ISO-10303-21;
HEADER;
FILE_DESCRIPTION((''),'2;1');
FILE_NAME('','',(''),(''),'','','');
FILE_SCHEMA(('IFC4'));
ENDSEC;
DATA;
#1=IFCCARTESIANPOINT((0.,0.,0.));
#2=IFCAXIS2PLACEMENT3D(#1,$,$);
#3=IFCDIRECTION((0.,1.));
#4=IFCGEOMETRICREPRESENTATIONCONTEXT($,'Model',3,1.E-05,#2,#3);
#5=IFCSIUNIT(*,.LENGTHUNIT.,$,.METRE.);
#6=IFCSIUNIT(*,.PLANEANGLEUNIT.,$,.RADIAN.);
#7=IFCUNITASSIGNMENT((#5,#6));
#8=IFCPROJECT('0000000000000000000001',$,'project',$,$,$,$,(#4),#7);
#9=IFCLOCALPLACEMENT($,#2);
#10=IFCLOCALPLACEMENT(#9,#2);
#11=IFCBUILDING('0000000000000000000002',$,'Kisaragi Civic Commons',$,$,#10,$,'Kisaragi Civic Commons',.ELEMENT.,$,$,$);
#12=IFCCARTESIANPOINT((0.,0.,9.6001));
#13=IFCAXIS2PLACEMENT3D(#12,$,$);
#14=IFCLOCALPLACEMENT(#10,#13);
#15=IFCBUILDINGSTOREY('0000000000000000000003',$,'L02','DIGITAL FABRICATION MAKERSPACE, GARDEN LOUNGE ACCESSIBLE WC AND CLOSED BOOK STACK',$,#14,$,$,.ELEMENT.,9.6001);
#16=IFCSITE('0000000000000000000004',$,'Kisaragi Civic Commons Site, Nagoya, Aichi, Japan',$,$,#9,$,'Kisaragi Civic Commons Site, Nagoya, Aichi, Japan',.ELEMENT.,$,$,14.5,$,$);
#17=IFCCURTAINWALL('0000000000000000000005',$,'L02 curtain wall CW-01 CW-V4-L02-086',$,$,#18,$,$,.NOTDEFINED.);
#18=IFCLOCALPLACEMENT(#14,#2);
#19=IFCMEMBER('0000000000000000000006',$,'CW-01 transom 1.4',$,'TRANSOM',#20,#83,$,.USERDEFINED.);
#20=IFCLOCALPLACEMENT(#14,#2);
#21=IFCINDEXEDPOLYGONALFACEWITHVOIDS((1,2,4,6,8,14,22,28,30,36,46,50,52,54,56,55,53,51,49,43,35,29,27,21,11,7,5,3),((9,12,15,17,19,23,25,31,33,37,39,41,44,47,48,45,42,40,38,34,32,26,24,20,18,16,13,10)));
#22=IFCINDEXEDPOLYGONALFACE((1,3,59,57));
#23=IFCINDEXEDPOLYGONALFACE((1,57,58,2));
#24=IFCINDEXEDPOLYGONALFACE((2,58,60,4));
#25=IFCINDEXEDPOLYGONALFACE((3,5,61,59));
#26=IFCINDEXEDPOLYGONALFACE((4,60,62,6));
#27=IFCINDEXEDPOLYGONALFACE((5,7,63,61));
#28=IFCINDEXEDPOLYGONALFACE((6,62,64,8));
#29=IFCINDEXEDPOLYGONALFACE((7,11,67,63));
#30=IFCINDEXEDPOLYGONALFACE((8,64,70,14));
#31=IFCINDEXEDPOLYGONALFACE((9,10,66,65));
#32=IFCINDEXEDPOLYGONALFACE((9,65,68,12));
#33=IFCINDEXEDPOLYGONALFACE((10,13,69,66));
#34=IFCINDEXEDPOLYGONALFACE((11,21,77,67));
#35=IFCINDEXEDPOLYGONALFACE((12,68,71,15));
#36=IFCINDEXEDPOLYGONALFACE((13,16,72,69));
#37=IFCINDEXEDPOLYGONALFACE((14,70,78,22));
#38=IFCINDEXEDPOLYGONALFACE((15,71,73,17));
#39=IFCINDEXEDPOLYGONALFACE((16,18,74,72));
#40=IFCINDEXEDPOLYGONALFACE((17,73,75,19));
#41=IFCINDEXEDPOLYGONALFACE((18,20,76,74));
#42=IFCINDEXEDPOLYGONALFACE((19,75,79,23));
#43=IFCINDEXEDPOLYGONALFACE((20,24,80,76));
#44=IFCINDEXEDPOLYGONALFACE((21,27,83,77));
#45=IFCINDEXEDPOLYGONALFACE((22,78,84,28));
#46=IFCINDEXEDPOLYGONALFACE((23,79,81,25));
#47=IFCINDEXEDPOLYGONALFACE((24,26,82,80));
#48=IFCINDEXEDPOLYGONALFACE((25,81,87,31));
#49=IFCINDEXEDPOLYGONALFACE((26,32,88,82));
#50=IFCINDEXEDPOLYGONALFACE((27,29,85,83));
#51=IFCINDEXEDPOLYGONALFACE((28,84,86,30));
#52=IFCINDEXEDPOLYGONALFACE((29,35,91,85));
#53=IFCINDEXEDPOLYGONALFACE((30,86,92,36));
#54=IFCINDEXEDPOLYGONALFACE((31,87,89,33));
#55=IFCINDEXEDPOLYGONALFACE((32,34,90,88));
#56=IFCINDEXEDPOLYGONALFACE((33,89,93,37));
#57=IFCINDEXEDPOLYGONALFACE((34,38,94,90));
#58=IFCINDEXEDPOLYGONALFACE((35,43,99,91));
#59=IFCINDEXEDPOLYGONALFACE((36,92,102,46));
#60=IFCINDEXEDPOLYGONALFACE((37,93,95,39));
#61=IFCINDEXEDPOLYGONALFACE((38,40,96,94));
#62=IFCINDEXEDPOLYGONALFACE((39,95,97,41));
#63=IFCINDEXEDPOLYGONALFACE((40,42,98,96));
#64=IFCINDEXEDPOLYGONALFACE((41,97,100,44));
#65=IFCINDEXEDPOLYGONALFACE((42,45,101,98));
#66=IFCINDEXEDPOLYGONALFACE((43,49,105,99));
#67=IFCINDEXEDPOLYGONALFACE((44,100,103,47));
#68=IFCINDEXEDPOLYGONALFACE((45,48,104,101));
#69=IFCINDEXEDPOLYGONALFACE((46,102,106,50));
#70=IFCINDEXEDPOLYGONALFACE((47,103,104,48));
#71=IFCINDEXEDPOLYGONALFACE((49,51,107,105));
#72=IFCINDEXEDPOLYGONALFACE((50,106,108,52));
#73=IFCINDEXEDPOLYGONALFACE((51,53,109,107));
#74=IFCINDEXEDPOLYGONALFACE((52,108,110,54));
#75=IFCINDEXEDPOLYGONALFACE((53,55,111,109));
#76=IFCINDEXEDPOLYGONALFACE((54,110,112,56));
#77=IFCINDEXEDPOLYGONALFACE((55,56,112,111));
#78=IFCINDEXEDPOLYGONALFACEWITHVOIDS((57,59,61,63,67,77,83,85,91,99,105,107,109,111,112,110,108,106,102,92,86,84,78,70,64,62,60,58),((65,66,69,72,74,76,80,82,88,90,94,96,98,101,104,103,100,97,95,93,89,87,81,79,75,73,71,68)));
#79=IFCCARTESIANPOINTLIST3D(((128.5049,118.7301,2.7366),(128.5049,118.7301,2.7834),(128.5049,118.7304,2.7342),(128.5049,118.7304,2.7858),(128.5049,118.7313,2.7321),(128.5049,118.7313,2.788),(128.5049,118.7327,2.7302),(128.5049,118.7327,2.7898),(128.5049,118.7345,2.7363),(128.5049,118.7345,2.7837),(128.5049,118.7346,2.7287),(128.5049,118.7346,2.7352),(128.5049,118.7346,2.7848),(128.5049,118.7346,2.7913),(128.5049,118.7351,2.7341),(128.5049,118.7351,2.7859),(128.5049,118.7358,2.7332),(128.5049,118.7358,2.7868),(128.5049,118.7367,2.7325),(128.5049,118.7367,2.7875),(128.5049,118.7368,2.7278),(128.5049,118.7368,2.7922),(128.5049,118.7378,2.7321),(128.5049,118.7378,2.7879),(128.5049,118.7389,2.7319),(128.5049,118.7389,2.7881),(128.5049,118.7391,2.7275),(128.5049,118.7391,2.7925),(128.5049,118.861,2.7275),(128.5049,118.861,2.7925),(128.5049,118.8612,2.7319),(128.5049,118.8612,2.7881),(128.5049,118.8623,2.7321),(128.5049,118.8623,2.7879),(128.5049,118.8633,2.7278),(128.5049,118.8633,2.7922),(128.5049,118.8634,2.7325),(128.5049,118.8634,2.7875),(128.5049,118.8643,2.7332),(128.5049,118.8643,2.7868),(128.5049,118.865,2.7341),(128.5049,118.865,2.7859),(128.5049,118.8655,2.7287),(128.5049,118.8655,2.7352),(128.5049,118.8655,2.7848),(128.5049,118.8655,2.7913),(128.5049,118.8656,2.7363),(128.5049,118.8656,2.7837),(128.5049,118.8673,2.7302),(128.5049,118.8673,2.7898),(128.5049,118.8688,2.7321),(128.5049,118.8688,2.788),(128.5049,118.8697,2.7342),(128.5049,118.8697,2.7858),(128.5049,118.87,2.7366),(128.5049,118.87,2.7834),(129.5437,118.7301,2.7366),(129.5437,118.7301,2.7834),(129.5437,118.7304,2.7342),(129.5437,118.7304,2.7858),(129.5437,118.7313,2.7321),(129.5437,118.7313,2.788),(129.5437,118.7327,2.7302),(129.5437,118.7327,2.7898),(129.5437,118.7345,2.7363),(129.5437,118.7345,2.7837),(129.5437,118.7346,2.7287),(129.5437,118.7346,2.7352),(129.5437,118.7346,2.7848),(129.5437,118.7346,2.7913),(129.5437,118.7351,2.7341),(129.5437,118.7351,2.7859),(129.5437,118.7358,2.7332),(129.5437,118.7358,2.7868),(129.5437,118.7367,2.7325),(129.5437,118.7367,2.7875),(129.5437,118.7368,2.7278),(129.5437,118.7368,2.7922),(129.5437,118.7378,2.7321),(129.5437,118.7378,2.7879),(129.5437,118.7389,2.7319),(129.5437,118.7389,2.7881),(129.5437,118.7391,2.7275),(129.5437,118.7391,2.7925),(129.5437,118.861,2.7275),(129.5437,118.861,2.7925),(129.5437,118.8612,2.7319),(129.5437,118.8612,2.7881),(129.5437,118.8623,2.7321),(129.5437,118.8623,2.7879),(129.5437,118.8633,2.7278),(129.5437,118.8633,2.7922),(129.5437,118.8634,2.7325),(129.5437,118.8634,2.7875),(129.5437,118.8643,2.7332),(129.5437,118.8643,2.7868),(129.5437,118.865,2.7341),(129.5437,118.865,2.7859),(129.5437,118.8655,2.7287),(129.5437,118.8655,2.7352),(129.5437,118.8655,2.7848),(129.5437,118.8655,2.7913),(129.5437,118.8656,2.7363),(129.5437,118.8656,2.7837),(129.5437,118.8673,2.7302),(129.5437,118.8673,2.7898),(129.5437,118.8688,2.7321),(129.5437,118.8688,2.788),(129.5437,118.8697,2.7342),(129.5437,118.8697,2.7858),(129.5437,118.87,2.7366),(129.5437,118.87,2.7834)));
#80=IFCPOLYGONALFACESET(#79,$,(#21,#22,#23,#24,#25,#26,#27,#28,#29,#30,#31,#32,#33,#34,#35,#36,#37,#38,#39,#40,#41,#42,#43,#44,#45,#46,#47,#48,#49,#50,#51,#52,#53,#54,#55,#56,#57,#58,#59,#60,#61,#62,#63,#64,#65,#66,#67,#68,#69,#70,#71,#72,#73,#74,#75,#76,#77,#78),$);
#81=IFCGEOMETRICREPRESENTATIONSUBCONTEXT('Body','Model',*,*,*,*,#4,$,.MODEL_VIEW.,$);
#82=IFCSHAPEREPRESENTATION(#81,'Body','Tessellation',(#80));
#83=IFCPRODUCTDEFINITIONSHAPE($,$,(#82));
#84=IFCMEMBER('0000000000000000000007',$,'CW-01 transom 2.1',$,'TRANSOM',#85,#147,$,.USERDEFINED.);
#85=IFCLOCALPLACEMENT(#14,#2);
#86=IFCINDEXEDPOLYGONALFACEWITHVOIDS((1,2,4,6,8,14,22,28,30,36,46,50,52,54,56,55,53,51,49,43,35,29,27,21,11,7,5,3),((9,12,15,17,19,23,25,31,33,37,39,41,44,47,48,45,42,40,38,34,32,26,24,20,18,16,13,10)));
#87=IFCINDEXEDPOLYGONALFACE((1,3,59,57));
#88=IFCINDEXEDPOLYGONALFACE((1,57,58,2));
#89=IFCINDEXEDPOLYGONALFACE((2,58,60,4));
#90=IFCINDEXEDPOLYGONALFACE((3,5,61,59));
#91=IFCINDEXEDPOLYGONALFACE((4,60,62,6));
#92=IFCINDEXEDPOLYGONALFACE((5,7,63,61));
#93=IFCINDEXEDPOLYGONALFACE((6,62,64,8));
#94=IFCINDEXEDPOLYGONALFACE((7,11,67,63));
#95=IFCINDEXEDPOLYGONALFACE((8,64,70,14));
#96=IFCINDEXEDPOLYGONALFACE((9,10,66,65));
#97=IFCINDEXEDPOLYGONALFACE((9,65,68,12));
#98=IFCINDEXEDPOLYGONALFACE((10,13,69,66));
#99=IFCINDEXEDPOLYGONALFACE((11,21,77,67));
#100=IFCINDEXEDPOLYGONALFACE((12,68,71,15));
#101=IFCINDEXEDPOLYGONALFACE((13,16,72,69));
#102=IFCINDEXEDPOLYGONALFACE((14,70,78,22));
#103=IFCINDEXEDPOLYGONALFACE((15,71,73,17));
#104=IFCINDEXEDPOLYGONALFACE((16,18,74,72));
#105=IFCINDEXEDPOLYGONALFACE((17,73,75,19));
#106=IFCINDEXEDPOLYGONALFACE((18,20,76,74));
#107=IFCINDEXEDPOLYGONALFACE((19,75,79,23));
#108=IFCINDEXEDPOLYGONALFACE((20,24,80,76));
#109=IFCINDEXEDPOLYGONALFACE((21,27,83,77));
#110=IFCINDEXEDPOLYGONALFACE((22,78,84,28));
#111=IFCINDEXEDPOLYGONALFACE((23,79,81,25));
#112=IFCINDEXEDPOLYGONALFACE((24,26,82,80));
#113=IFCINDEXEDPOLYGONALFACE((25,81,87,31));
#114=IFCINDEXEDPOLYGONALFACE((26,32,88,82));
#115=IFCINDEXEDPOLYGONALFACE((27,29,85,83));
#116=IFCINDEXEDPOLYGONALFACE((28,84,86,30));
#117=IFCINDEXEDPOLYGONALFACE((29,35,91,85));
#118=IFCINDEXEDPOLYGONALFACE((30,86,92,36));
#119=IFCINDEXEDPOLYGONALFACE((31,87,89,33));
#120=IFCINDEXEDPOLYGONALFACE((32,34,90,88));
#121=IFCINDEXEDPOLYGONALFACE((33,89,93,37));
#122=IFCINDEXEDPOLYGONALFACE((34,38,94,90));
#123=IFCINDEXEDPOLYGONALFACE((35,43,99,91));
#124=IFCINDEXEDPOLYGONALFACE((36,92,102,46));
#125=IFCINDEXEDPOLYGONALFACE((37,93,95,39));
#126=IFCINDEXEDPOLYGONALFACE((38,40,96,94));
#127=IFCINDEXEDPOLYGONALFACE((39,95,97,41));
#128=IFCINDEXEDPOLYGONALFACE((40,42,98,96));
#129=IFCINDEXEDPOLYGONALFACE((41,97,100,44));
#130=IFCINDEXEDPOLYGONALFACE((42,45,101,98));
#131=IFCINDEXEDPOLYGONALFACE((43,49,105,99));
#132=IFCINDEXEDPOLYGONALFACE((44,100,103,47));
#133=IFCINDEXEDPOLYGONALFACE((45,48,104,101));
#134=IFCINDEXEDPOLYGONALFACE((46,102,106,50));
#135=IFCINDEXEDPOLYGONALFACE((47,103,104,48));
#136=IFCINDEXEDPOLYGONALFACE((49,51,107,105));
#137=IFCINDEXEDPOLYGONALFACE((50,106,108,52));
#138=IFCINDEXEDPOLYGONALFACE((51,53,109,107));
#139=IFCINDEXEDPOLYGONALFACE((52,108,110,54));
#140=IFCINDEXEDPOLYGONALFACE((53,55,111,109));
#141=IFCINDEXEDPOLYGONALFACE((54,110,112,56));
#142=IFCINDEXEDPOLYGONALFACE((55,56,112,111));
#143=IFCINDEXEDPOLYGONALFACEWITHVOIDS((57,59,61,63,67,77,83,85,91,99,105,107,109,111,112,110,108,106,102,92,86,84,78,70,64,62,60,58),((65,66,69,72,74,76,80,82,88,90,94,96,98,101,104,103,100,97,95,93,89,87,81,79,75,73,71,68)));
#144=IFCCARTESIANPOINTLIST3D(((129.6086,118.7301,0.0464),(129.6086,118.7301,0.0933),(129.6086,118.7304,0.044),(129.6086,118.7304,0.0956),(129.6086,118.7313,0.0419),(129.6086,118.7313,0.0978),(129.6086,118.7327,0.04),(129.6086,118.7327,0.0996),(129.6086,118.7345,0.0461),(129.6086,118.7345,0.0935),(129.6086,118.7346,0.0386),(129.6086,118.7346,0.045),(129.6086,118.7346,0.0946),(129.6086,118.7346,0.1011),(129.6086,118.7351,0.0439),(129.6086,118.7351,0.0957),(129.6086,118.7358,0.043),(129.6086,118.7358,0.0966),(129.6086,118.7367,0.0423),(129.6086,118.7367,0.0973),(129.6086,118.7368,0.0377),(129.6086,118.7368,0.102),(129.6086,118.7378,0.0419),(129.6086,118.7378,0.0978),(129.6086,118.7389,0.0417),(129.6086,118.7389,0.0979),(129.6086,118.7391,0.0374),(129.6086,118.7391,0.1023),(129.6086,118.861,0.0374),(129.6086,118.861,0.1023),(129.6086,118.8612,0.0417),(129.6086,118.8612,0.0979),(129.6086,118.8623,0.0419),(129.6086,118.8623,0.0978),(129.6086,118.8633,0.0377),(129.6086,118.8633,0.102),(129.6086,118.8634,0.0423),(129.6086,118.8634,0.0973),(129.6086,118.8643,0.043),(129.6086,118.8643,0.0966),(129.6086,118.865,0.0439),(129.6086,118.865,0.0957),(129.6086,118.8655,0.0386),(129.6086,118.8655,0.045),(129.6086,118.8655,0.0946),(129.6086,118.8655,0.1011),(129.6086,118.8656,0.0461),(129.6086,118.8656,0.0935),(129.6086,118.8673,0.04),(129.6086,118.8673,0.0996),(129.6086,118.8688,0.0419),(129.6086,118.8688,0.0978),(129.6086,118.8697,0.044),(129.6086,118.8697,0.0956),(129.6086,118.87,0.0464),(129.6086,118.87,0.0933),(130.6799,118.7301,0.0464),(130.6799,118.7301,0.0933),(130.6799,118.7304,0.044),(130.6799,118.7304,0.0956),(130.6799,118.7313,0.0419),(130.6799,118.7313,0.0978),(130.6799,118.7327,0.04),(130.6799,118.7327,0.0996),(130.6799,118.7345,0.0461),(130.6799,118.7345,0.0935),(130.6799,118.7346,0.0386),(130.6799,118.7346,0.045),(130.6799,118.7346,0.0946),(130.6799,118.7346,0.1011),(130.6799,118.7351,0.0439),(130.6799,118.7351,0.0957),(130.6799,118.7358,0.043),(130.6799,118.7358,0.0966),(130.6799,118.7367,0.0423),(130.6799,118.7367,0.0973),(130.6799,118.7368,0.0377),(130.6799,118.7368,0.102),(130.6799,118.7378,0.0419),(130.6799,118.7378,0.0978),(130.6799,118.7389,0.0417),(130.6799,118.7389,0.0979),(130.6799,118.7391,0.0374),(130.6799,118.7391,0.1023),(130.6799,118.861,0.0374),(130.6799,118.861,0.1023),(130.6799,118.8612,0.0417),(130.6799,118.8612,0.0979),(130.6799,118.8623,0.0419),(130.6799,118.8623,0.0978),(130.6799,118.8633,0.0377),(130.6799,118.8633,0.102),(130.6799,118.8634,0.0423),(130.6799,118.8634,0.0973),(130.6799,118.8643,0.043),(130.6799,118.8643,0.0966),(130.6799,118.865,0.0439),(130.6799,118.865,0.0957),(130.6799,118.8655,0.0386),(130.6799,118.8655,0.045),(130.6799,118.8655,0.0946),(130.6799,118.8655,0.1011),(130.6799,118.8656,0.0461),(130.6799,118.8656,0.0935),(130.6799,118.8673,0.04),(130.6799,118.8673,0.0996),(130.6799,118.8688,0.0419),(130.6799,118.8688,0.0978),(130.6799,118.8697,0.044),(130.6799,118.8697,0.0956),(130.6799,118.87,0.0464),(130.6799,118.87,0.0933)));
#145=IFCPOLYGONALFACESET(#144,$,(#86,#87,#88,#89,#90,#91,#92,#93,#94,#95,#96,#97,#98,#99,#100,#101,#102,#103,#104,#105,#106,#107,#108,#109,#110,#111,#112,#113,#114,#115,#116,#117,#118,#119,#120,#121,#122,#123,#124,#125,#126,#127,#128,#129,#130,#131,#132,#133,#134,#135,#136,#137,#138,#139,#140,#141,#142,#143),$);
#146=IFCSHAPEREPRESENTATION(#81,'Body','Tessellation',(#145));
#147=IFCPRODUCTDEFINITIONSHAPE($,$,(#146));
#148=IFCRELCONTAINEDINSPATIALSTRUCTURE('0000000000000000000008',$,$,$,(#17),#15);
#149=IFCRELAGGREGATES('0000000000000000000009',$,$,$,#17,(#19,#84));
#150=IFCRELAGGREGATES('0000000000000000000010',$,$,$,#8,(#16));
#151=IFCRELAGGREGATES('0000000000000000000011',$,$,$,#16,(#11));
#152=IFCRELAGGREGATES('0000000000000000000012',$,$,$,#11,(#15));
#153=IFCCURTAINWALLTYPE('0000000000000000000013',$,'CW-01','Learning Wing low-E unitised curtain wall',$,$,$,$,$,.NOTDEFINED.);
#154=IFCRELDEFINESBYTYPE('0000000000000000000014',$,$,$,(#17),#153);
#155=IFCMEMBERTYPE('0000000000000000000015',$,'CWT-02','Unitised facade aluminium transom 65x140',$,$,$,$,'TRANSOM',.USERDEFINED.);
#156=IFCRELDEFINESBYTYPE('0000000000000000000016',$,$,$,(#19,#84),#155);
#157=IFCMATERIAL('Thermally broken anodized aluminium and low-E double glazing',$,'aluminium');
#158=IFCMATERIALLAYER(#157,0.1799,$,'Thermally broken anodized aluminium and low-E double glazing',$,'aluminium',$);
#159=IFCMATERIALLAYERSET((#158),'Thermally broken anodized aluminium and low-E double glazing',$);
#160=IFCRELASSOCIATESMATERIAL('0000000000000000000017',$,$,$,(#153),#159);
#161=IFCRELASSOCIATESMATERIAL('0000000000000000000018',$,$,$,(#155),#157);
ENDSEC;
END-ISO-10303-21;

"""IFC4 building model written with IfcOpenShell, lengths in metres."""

from ifc_helpers import new_model, si_unit, direction, frame, origin, origin_2d, place, context, subcontext, project, spatial, hollow_rectangle, extrude, material, layer, layer_set, material_profile, profile_set, type_object, element, aggregate, save


model = new_model("IFC4")

# Units and contexts
model_context = context("Model", 3, precision=1e-05, world=origin(), true_north=direction((0.0, 1.0)))
body_context = subcontext(model_context, "Body", "Model", "MODEL_VIEW")
ifc_project = project(units=[si_unit("LENGTHUNIT", "METRE"), si_unit("PLANEANGLEUNIT", "RADIAN")], contexts=[model_context])

# Site, building, storey
site_placement = place(None, origin())
site = spatial("IfcSite", under=ifc_project, at=site_placement, Name="Kisaragi Civic Commons Site, Nagoya, Aichi, Japan", LongName="Kisaragi Civic Commons Site, Nagoya, Aichi, Japan", CompositionType="ELEMENT", RefElevation=14.5)
building_placement = place(site_placement, origin())
building = spatial("IfcBuilding", under=site, at=building_placement, Name="Kisaragi Civic Commons", LongName="Kisaragi Civic Commons", CompositionType="ELEMENT")
storey_placement = place(building_placement, frame((0.0, 0.0, 9.6001)))
storey = spatial("IfcBuildingStorey", under=building, at=storey_placement, Name="L02", Description="DIGITAL FABRICATION MAKERSPACE, GARDEN LOUNGE ACCESSIBLE WC AND CLOSED BOOK STACK", CompositionType="ELEMENT", Elevation=9.6001)

# Curtain wall
ifc_material_1 = material(Name="Thermally broken anodized aluminium and low-E double glazing", Category="aluminium")
ifc_layer_1 = layer(ifc_material_1, 0.1799, Name="Thermally broken anodized aluminium and low-E double glazing", Category="aluminium")
ifc_layer_set_1 = layer_set([ifc_layer_1], Name="Thermally broken anodized aluminium and low-E double glazing")
curtain_wall_type = type_object("IfcCurtainWallType", Name="CW-01", Description="Learning Wing low-E unitised curtain wall", PredefinedType="NOTDEFINED", material=ifc_layer_set_1)
curtain_wall_1_placement = place(storey_placement, origin())
curtain_wall_1 = element("IfcCurtainWall", 1, at=curtain_wall_1_placement, inside=storey, type_object=curtain_wall_type, Name="L02 curtain wall CW-01 CW-V4-L02-086", PredefinedType="NOTDEFINED")

# Members
ifc_material_profile_1 = material_profile(ifc_material_1, hollow_rectangle(XDim=0.1399, YDim=0.0649, WallThickness=0.0044, InnerFilletRadius=0.0044, OuterFilletRadius=0.009, at=origin_2d()), Name="CWT-65x140x4.5", Category="aluminium")
ifc_profile_set_1 = profile_set([ifc_material_profile_1], Name="Thermally broken anodized aluminium and low-E double glazing")
member_type_1 = type_object("IfcMemberType", Name="CWT-02", Description="Unitised facade aluminium transom 65x140", ElementType="TRANSOM", PredefinedType="USERDEFINED", material=ifc_profile_set_1)
member_1_placement = place(storey_placement, frame((128.5049, 118.8, 2.76), z_axis=(1.0, 0.0, 0.0), x_axis=(0.0, 1.0, 0.0)))
member_1 = element("IfcMember", 2, at=member_1_placement, type_object=member_type_1, Name="CW-01 transom 1.4", ObjectType="TRANSOM", PredefinedType="USERDEFINED", context=body_context, shape_type="SweptSolid", body=[
    extrude(hollow_rectangle(XDim=0.1399, YDim=0.0649, WallThickness=0.0044, InnerFilletRadius=0.0044, OuterFilletRadius=0.009, at=origin_2d()), origin(), (0.0, 0.0, 1.0), 1.0388),
])
member_2_placement = place(storey_placement, frame((129.6086, 118.8, 0.0698), z_axis=(1.0, 0.0, 0.0), x_axis=(0.0, 1.0, 0.0)))
member_2 = element("IfcMember", 3, at=member_2_placement, type_object=member_type_1, Name="CW-01 transom 2.1", ObjectType="TRANSOM", PredefinedType="USERDEFINED", context=body_context, shape_type="SweptSolid", body=[
    extrude(hollow_rectangle(XDim=0.1399, YDim=0.0649, WallThickness=0.0044, InnerFilletRadius=0.0044, OuterFilletRadius=0.009, at=origin_2d()), origin(), (0.0, 0.0, 1.0), 1.0713),
])

aggregate(curtain_wall_1, [member_1, member_2])

save(model, "model.ifc")
